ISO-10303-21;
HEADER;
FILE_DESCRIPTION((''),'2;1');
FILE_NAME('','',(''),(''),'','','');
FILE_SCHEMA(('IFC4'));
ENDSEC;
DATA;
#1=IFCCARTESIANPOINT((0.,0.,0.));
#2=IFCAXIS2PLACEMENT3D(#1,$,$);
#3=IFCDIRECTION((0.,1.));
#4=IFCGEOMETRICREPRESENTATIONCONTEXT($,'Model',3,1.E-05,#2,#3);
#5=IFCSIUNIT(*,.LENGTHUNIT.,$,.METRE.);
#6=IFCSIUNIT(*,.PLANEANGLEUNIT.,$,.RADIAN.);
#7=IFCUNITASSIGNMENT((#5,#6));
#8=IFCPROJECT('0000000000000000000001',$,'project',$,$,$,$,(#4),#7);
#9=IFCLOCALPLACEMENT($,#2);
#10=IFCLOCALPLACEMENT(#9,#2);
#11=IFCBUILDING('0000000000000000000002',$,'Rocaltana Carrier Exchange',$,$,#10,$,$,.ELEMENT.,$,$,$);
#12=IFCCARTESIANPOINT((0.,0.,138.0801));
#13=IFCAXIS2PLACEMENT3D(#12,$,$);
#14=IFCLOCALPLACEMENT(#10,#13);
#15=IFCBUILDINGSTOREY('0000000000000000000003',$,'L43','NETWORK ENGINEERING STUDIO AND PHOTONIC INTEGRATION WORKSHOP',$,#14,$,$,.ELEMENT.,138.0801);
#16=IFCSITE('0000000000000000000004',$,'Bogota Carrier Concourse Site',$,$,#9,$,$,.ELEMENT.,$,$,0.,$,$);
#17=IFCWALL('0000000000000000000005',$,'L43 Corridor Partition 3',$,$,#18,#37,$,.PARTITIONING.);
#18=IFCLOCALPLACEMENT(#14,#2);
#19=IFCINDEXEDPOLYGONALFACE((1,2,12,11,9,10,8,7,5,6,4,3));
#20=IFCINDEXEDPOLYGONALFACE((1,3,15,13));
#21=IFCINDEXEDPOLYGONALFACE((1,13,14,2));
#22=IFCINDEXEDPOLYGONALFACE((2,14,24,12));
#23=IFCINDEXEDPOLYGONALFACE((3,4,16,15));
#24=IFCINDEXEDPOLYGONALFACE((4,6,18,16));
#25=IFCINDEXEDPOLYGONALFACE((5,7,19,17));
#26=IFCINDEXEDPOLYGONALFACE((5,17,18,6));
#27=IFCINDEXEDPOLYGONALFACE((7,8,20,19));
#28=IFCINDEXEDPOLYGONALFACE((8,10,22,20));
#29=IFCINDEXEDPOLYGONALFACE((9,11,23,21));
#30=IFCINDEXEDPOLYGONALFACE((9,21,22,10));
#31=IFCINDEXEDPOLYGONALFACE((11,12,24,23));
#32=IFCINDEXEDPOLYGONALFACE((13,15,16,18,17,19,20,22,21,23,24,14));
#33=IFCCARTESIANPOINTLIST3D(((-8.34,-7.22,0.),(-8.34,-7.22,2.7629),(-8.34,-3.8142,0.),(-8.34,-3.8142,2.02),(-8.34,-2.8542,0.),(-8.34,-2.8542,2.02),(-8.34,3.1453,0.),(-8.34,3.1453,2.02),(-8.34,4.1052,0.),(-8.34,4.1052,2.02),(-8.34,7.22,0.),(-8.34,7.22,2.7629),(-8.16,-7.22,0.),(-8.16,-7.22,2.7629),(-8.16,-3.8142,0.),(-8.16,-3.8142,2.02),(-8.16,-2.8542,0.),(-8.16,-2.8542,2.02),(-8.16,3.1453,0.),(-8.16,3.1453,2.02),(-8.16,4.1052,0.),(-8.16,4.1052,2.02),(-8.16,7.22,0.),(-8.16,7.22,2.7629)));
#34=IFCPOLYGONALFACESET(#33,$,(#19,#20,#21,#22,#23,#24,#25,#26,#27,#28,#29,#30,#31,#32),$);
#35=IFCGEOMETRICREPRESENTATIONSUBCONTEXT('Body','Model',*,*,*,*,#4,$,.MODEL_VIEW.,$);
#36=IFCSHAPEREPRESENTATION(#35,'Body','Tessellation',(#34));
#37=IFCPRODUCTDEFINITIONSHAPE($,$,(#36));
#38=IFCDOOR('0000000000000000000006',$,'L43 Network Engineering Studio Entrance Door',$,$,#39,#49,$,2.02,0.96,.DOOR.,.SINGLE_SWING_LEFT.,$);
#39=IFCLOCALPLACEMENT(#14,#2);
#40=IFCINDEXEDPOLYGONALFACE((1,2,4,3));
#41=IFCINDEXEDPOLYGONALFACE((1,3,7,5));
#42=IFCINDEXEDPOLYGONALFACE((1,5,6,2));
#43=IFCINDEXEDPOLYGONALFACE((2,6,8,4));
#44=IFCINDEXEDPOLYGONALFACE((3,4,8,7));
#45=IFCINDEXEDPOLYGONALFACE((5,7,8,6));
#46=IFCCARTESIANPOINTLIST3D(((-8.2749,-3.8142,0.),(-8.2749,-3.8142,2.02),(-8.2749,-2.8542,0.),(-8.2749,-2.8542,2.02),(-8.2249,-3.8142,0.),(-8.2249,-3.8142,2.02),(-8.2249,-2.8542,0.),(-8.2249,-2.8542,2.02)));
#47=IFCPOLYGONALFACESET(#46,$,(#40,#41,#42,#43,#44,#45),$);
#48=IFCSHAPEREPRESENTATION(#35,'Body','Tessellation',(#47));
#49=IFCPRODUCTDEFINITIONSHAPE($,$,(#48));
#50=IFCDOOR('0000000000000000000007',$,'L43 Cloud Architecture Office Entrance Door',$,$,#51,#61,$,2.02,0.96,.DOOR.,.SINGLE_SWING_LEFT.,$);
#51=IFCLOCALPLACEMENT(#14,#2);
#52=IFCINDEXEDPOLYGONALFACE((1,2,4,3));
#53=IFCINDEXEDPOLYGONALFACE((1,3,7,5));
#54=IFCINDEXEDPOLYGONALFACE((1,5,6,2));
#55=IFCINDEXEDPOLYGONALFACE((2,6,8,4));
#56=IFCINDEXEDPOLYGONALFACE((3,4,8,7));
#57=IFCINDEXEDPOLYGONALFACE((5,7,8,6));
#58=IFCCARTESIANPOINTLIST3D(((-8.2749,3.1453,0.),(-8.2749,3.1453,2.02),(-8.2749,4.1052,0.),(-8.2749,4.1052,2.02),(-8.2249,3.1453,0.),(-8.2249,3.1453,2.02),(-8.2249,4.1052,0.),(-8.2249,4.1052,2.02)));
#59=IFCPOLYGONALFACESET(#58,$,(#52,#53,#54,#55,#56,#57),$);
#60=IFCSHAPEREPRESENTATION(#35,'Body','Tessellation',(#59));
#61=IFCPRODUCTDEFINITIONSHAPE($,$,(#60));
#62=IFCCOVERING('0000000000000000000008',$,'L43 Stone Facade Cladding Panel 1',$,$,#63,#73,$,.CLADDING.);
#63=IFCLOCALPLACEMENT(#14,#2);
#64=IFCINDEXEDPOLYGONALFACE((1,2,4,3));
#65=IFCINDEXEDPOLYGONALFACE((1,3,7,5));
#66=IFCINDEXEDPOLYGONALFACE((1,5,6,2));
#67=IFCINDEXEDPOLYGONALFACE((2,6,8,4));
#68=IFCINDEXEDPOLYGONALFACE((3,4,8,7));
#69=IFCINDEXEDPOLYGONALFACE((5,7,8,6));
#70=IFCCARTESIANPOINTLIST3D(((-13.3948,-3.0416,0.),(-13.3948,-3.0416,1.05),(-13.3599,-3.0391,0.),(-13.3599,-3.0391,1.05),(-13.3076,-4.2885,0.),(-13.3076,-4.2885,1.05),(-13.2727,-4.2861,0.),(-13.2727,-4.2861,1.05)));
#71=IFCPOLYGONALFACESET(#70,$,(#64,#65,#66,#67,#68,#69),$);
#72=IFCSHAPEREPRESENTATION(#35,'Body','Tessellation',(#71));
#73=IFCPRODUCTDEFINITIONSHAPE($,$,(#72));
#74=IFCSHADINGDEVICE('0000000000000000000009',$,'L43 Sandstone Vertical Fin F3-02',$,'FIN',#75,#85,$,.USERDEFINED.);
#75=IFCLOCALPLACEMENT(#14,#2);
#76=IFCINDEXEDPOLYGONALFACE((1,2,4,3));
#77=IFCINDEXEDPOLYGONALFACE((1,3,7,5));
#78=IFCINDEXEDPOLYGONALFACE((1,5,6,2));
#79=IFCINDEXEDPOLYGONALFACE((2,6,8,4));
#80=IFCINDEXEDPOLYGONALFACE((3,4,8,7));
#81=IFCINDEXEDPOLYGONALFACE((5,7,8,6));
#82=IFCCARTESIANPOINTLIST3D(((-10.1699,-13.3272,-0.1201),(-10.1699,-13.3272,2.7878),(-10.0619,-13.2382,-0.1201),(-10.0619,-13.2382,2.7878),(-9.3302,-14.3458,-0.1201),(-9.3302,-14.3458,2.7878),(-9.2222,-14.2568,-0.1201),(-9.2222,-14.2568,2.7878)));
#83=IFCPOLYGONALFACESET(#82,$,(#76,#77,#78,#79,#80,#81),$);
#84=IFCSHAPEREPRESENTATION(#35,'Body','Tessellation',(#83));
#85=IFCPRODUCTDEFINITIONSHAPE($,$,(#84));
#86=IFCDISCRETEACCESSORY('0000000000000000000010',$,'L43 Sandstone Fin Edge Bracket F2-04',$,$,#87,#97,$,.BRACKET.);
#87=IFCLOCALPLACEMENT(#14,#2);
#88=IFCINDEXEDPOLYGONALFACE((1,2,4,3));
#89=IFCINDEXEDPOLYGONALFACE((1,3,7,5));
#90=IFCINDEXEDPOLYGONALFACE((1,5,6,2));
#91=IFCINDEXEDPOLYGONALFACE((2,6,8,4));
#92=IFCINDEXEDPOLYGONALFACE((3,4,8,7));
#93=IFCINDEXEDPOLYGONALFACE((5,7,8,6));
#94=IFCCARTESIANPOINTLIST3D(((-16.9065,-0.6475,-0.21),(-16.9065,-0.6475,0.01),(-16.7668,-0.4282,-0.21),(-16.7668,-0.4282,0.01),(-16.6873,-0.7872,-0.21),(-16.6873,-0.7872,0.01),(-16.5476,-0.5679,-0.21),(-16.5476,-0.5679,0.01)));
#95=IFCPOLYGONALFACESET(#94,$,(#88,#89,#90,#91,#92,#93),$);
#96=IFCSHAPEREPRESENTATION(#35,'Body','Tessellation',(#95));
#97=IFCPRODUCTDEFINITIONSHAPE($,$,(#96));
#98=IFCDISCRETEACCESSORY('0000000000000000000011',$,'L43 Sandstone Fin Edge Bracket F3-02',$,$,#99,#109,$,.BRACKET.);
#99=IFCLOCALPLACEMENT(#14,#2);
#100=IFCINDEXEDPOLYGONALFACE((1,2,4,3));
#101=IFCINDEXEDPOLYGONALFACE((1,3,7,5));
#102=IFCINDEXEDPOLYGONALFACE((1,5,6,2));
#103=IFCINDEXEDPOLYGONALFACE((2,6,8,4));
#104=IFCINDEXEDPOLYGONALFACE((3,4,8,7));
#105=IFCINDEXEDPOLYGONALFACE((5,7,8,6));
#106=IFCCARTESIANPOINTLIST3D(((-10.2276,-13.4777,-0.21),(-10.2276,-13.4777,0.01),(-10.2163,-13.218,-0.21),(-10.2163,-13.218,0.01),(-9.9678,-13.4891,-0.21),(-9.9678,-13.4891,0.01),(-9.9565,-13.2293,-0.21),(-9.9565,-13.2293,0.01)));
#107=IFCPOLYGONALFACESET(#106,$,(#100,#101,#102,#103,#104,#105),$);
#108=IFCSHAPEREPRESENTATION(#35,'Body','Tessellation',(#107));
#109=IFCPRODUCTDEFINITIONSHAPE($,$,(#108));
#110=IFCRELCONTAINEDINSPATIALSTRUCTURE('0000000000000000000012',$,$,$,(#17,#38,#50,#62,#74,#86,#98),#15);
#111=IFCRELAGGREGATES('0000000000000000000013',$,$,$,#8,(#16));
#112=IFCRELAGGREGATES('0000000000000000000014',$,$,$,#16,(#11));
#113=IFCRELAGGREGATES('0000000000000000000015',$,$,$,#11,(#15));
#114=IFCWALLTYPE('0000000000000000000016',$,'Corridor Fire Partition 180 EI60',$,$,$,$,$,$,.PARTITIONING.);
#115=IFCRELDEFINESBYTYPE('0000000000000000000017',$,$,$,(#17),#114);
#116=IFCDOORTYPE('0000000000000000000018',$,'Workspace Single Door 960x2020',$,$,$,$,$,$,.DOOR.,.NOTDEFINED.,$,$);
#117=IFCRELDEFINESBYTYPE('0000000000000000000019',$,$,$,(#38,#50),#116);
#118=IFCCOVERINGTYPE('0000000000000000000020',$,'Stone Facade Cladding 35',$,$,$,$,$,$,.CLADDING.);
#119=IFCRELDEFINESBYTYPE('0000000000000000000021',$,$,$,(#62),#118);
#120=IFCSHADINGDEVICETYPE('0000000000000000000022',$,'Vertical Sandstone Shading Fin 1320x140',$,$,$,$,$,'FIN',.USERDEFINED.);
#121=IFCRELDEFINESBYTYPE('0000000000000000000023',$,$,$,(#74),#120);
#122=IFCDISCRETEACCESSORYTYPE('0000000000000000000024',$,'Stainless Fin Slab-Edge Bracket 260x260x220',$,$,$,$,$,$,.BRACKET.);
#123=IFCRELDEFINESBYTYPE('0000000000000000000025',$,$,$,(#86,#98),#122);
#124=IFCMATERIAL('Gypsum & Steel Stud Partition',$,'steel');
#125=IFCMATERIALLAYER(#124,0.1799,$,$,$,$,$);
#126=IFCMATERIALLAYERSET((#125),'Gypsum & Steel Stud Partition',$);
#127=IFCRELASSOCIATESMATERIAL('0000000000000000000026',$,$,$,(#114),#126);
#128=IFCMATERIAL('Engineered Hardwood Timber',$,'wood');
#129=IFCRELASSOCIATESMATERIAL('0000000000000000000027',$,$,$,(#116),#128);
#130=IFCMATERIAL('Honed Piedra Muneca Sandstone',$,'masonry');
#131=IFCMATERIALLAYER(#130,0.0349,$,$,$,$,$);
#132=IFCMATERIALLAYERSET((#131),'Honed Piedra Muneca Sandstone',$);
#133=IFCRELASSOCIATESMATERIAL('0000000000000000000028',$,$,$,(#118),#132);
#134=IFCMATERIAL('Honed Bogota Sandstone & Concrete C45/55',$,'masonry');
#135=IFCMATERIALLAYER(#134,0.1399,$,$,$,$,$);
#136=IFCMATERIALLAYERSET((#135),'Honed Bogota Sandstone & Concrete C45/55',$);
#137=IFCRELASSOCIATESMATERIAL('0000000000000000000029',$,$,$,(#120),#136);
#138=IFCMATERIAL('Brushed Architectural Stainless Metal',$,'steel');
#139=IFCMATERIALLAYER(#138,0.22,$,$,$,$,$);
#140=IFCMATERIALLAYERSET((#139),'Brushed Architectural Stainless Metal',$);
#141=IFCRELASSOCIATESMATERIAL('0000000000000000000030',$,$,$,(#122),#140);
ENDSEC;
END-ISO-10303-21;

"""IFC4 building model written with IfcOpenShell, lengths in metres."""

from ifc_helpers import new_model, si_unit, direction, frame, frame_2d, origin, origin_2d, place, context, subcontext, project, spatial, rectangle, extrude, material, layer, layer_set, type_object, element, fill, save


model = new_model("IFC4")

# Units and contexts
model_context = context("Model", 3, precision=1e-05, world=origin(), true_north=direction((0.0, 1.0)))
body_context = subcontext(model_context, "Body", "Model", "MODEL_VIEW")
ifc_project = project(units=[si_unit("LENGTHUNIT", "METRE"), si_unit("PLANEANGLEUNIT", "RADIAN")], contexts=[model_context])

# Site, building, storey
site_placement = place(None, origin())
site = spatial("IfcSite", under=ifc_project, at=site_placement, Name="Bogota Carrier Concourse Site", CompositionType="ELEMENT", RefElevation=0.0)
building_placement = place(site_placement, origin())
building = spatial("IfcBuilding", under=site, at=building_placement, Name="Rocaltana Carrier Exchange", CompositionType="ELEMENT")
storey_placement = place(building_placement, frame((0.0, 0.0, 138.0801)))
storey = spatial("IfcBuildingStorey", under=building, at=storey_placement, Name="L43", Description="NETWORK ENGINEERING STUDIO AND PHOTONIC INTEGRATION WORKSHOP", CompositionType="ELEMENT", Elevation=138.0801)

# Shared definitions
ifc_material_1 = material(Name="Gypsum & Steel Stud Partition", Category="steel")
ifc_layer_1 = layer(ifc_material_1, 0.1799)
ifc_layer_set_1 = layer_set([ifc_layer_1], Name="Gypsum & Steel Stud Partition")
wall_type_1 = type_object("IfcWallType", Name="Corridor Fire Partition 180 EI60", PredefinedType="PARTITIONING", material=ifc_layer_set_1)

# Wall, openings, doors
wall_1_placement = place(storey_placement, frame((-8.25, -7.22, 0.0), z_axis=(0.0, 0.0, 1.0), x_axis=(0.0, 1.0, 0.0)))
wall_1 = element("IfcWall", 1, at=wall_1_placement, inside=storey, type_object=wall_type_1, Name="L43 Corridor Partition 3", PredefinedType="PARTITIONING", context=body_context, shape_type="SweptSolid", body=[
    extrude(rectangle(XDim=14.4399, YDim=0.1799, at=frame_2d((7.22, 0.0))), origin(), (0.0, 0.0, 1.0), 2.7629),
])
opening_1_placement = place(wall_1_placement, frame((3.4058, 0.0, 0.0)))
opening_1 = element("IfcOpeningElement", 2, at=opening_1_placement, cuts=wall_1, PredefinedType="OPENING", context=body_context, shape_type="SweptSolid", body=[
    extrude(rectangle(XDim=0.96, YDim=2.02, at=frame_2d((0.48, 1.01))), frame((0.0, 0.0999, 0.0), z_axis=(0.0, -1.0, 0.0), x_axis=(1.0, 0.0, 0.0)), (0.0, 0.0, 1.0), 0.2),
])
opening_2_placement = place(wall_1_placement, frame((10.3652, 0.0, 0.0)))
opening_2 = element("IfcOpeningElement", 3, at=opening_2_placement, cuts=wall_1, PredefinedType="OPENING", context=body_context, shape_type="SweptSolid", body=[
    extrude(rectangle(XDim=0.96, YDim=2.02, at=frame_2d((0.48, 1.01))), frame((0.0, 0.0999, 0.0), z_axis=(0.0, -1.0, 0.0), x_axis=(1.0, 0.0, 0.0)), (0.0, 0.0, 1.0), 0.2),
])
ifc_material_2 = material(Name="Engineered Hardwood Timber", Category="wood")
door_type = type_object("IfcDoorType", Name="Workspace Single Door 960x2020", OperationType="NOTDEFINED", PredefinedType="DOOR", material=ifc_material_2)
door_1_placement = place(opening_1_placement, origin())
door_1 = element("IfcDoor", 4, at=door_1_placement, inside=storey, type_object=door_type, Name="L43 Network Engineering Studio Entrance Door", OperationType="SINGLE_SWING_LEFT", OverallHeight=2.02, OverallWidth=0.96, PredefinedType="DOOR", context=body_context, shape_type="SweptSolid", body=[
    extrude(rectangle(XDim=0.96, YDim=2.02, at=frame_2d((0.48, 1.01))), frame((0.0, 0.0249, 0.0), z_axis=(0.0, -1.0, 0.0), x_axis=(1.0, 0.0, 0.0)), (0.0, 0.0, 1.0), 0.05),
])
fill(opening_1, door_1)
door_2_placement = place(opening_2_placement, origin())
door_2 = element("IfcDoor", 5, at=door_2_placement, inside=storey, type_object=door_type, Name="L43 Cloud Architecture Office Entrance Door", OperationType="SINGLE_SWING_LEFT", OverallHeight=2.02, OverallWidth=0.96, PredefinedType="DOOR", context=body_context, shape_type="SweptSolid", body=[
    extrude(rectangle(XDim=0.96, YDim=2.02, at=frame_2d((0.48, 1.01))), frame((0.0, 0.0249, 0.0), z_axis=(0.0, -1.0, 0.0), x_axis=(1.0, 0.0, 0.0)), (0.0, 0.0, 1.0), 0.05),
])
fill(opening_2, door_2)

# Covering
ifc_material_3 = material(Name="Honed Piedra Muneca Sandstone", Category="masonry")
ifc_layer_2 = layer(ifc_material_3, 0.0349)
ifc_layer_set_2 = layer_set([ifc_layer_2], Name="Honed Piedra Muneca Sandstone")
covering_type = type_object("IfcCoveringType", Name="Stone Facade Cladding 35", PredefinedType="CLADDING", material=ifc_layer_set_2)
covering_placement = place(storey_placement, frame((-13.3337, -3.6638, 0.0), z_axis=(0.0, 0.0, 1.0), x_axis=(-0.069756, 0.997564, 0.0)))
element("IfcCovering", 6, at=covering_placement, inside=storey, type_object=covering_type, Name="L43 Stone Facade Cladding Panel 1", PredefinedType="CLADDING", context=body_context, shape_type="SweptSolid", body=[
    extrude(rectangle(XDim=1.25, YDim=0.0349, at=origin_2d()), origin(), (0.0, 0.0, 1.0), 1.05),
])

# Shading device
ifc_material_4 = material(Name="Honed Bogota Sandstone & Concrete C45/55", Category="masonry")
ifc_layer_3 = layer(ifc_material_4, 0.1399)
ifc_layer_set_3 = layer_set([ifc_layer_3], Name="Honed Bogota Sandstone & Concrete C45/55")
shading_device_type = type_object("IfcShadingDeviceType", Name="Vertical Sandstone Shading Fin 1320x140", ElementType="FIN", PredefinedType="USERDEFINED", material=ifc_layer_set_3)
shading_device_placement = place(storey_placement, frame((-9.696, -13.792, -0.1201), z_axis=(0.0, 0.0, 1.0), x_axis=(0.636078, -0.771625, 0.0)))
element("IfcShadingDevice", 7, at=shading_device_placement, inside=storey, type_object=shading_device_type, Name="L43 Sandstone Vertical Fin F3-02", ObjectType="FIN", PredefinedType="USERDEFINED", context=body_context, shape_type="SweptSolid", body=[
    extrude(rectangle(XDim=1.3201, YDim=0.1399, at=origin_2d()), origin(), (0.0, 0.0, 1.0), 2.908),
])

# Discrete accessories
ifc_material_5 = material(Name="Brushed Architectural Stainless Metal", Category="steel")
ifc_layer_4 = layer(ifc_material_5, 0.22)
ifc_layer_set_4 = layer_set([ifc_layer_4], Name="Brushed Architectural Stainless Metal")
discrete_accessory_type = type_object("IfcDiscreteAccessoryType", Name="Stainless Fin Slab-Edge Bracket 260x260x220", PredefinedType="BRACKET", material=ifc_layer_set_4)
for number, where, z_axis, x_axis, name in (
    (8, (-16.7271, -0.6077, -0.21), (0.0, 0.0, 1.0), (-0.5373, -0.843391, 0.0), "L43 Sandstone Fin Edge Bracket F2-04"),
    (9, (-10.092, -13.3535, -0.21), (0.0, 0.0, 1.0), (0.999048, -0.043619, 0.0), "L43 Sandstone Fin Edge Bracket F3-02"),
):
    element("IfcDiscreteAccessory", number, at=place(storey_placement, frame(where, z_axis=z_axis, x_axis=x_axis)), inside=storey, type_object=discrete_accessory_type, Name=name, PredefinedType="BRACKET", context=body_context, shape_type="SweptSolid", body=[
        extrude(rectangle(XDim=0.26, YDim=0.26, at=origin_2d()), origin(), (0.0, 0.0, 1.0), 0.22),
    ])

save(model, "model.ifc")
